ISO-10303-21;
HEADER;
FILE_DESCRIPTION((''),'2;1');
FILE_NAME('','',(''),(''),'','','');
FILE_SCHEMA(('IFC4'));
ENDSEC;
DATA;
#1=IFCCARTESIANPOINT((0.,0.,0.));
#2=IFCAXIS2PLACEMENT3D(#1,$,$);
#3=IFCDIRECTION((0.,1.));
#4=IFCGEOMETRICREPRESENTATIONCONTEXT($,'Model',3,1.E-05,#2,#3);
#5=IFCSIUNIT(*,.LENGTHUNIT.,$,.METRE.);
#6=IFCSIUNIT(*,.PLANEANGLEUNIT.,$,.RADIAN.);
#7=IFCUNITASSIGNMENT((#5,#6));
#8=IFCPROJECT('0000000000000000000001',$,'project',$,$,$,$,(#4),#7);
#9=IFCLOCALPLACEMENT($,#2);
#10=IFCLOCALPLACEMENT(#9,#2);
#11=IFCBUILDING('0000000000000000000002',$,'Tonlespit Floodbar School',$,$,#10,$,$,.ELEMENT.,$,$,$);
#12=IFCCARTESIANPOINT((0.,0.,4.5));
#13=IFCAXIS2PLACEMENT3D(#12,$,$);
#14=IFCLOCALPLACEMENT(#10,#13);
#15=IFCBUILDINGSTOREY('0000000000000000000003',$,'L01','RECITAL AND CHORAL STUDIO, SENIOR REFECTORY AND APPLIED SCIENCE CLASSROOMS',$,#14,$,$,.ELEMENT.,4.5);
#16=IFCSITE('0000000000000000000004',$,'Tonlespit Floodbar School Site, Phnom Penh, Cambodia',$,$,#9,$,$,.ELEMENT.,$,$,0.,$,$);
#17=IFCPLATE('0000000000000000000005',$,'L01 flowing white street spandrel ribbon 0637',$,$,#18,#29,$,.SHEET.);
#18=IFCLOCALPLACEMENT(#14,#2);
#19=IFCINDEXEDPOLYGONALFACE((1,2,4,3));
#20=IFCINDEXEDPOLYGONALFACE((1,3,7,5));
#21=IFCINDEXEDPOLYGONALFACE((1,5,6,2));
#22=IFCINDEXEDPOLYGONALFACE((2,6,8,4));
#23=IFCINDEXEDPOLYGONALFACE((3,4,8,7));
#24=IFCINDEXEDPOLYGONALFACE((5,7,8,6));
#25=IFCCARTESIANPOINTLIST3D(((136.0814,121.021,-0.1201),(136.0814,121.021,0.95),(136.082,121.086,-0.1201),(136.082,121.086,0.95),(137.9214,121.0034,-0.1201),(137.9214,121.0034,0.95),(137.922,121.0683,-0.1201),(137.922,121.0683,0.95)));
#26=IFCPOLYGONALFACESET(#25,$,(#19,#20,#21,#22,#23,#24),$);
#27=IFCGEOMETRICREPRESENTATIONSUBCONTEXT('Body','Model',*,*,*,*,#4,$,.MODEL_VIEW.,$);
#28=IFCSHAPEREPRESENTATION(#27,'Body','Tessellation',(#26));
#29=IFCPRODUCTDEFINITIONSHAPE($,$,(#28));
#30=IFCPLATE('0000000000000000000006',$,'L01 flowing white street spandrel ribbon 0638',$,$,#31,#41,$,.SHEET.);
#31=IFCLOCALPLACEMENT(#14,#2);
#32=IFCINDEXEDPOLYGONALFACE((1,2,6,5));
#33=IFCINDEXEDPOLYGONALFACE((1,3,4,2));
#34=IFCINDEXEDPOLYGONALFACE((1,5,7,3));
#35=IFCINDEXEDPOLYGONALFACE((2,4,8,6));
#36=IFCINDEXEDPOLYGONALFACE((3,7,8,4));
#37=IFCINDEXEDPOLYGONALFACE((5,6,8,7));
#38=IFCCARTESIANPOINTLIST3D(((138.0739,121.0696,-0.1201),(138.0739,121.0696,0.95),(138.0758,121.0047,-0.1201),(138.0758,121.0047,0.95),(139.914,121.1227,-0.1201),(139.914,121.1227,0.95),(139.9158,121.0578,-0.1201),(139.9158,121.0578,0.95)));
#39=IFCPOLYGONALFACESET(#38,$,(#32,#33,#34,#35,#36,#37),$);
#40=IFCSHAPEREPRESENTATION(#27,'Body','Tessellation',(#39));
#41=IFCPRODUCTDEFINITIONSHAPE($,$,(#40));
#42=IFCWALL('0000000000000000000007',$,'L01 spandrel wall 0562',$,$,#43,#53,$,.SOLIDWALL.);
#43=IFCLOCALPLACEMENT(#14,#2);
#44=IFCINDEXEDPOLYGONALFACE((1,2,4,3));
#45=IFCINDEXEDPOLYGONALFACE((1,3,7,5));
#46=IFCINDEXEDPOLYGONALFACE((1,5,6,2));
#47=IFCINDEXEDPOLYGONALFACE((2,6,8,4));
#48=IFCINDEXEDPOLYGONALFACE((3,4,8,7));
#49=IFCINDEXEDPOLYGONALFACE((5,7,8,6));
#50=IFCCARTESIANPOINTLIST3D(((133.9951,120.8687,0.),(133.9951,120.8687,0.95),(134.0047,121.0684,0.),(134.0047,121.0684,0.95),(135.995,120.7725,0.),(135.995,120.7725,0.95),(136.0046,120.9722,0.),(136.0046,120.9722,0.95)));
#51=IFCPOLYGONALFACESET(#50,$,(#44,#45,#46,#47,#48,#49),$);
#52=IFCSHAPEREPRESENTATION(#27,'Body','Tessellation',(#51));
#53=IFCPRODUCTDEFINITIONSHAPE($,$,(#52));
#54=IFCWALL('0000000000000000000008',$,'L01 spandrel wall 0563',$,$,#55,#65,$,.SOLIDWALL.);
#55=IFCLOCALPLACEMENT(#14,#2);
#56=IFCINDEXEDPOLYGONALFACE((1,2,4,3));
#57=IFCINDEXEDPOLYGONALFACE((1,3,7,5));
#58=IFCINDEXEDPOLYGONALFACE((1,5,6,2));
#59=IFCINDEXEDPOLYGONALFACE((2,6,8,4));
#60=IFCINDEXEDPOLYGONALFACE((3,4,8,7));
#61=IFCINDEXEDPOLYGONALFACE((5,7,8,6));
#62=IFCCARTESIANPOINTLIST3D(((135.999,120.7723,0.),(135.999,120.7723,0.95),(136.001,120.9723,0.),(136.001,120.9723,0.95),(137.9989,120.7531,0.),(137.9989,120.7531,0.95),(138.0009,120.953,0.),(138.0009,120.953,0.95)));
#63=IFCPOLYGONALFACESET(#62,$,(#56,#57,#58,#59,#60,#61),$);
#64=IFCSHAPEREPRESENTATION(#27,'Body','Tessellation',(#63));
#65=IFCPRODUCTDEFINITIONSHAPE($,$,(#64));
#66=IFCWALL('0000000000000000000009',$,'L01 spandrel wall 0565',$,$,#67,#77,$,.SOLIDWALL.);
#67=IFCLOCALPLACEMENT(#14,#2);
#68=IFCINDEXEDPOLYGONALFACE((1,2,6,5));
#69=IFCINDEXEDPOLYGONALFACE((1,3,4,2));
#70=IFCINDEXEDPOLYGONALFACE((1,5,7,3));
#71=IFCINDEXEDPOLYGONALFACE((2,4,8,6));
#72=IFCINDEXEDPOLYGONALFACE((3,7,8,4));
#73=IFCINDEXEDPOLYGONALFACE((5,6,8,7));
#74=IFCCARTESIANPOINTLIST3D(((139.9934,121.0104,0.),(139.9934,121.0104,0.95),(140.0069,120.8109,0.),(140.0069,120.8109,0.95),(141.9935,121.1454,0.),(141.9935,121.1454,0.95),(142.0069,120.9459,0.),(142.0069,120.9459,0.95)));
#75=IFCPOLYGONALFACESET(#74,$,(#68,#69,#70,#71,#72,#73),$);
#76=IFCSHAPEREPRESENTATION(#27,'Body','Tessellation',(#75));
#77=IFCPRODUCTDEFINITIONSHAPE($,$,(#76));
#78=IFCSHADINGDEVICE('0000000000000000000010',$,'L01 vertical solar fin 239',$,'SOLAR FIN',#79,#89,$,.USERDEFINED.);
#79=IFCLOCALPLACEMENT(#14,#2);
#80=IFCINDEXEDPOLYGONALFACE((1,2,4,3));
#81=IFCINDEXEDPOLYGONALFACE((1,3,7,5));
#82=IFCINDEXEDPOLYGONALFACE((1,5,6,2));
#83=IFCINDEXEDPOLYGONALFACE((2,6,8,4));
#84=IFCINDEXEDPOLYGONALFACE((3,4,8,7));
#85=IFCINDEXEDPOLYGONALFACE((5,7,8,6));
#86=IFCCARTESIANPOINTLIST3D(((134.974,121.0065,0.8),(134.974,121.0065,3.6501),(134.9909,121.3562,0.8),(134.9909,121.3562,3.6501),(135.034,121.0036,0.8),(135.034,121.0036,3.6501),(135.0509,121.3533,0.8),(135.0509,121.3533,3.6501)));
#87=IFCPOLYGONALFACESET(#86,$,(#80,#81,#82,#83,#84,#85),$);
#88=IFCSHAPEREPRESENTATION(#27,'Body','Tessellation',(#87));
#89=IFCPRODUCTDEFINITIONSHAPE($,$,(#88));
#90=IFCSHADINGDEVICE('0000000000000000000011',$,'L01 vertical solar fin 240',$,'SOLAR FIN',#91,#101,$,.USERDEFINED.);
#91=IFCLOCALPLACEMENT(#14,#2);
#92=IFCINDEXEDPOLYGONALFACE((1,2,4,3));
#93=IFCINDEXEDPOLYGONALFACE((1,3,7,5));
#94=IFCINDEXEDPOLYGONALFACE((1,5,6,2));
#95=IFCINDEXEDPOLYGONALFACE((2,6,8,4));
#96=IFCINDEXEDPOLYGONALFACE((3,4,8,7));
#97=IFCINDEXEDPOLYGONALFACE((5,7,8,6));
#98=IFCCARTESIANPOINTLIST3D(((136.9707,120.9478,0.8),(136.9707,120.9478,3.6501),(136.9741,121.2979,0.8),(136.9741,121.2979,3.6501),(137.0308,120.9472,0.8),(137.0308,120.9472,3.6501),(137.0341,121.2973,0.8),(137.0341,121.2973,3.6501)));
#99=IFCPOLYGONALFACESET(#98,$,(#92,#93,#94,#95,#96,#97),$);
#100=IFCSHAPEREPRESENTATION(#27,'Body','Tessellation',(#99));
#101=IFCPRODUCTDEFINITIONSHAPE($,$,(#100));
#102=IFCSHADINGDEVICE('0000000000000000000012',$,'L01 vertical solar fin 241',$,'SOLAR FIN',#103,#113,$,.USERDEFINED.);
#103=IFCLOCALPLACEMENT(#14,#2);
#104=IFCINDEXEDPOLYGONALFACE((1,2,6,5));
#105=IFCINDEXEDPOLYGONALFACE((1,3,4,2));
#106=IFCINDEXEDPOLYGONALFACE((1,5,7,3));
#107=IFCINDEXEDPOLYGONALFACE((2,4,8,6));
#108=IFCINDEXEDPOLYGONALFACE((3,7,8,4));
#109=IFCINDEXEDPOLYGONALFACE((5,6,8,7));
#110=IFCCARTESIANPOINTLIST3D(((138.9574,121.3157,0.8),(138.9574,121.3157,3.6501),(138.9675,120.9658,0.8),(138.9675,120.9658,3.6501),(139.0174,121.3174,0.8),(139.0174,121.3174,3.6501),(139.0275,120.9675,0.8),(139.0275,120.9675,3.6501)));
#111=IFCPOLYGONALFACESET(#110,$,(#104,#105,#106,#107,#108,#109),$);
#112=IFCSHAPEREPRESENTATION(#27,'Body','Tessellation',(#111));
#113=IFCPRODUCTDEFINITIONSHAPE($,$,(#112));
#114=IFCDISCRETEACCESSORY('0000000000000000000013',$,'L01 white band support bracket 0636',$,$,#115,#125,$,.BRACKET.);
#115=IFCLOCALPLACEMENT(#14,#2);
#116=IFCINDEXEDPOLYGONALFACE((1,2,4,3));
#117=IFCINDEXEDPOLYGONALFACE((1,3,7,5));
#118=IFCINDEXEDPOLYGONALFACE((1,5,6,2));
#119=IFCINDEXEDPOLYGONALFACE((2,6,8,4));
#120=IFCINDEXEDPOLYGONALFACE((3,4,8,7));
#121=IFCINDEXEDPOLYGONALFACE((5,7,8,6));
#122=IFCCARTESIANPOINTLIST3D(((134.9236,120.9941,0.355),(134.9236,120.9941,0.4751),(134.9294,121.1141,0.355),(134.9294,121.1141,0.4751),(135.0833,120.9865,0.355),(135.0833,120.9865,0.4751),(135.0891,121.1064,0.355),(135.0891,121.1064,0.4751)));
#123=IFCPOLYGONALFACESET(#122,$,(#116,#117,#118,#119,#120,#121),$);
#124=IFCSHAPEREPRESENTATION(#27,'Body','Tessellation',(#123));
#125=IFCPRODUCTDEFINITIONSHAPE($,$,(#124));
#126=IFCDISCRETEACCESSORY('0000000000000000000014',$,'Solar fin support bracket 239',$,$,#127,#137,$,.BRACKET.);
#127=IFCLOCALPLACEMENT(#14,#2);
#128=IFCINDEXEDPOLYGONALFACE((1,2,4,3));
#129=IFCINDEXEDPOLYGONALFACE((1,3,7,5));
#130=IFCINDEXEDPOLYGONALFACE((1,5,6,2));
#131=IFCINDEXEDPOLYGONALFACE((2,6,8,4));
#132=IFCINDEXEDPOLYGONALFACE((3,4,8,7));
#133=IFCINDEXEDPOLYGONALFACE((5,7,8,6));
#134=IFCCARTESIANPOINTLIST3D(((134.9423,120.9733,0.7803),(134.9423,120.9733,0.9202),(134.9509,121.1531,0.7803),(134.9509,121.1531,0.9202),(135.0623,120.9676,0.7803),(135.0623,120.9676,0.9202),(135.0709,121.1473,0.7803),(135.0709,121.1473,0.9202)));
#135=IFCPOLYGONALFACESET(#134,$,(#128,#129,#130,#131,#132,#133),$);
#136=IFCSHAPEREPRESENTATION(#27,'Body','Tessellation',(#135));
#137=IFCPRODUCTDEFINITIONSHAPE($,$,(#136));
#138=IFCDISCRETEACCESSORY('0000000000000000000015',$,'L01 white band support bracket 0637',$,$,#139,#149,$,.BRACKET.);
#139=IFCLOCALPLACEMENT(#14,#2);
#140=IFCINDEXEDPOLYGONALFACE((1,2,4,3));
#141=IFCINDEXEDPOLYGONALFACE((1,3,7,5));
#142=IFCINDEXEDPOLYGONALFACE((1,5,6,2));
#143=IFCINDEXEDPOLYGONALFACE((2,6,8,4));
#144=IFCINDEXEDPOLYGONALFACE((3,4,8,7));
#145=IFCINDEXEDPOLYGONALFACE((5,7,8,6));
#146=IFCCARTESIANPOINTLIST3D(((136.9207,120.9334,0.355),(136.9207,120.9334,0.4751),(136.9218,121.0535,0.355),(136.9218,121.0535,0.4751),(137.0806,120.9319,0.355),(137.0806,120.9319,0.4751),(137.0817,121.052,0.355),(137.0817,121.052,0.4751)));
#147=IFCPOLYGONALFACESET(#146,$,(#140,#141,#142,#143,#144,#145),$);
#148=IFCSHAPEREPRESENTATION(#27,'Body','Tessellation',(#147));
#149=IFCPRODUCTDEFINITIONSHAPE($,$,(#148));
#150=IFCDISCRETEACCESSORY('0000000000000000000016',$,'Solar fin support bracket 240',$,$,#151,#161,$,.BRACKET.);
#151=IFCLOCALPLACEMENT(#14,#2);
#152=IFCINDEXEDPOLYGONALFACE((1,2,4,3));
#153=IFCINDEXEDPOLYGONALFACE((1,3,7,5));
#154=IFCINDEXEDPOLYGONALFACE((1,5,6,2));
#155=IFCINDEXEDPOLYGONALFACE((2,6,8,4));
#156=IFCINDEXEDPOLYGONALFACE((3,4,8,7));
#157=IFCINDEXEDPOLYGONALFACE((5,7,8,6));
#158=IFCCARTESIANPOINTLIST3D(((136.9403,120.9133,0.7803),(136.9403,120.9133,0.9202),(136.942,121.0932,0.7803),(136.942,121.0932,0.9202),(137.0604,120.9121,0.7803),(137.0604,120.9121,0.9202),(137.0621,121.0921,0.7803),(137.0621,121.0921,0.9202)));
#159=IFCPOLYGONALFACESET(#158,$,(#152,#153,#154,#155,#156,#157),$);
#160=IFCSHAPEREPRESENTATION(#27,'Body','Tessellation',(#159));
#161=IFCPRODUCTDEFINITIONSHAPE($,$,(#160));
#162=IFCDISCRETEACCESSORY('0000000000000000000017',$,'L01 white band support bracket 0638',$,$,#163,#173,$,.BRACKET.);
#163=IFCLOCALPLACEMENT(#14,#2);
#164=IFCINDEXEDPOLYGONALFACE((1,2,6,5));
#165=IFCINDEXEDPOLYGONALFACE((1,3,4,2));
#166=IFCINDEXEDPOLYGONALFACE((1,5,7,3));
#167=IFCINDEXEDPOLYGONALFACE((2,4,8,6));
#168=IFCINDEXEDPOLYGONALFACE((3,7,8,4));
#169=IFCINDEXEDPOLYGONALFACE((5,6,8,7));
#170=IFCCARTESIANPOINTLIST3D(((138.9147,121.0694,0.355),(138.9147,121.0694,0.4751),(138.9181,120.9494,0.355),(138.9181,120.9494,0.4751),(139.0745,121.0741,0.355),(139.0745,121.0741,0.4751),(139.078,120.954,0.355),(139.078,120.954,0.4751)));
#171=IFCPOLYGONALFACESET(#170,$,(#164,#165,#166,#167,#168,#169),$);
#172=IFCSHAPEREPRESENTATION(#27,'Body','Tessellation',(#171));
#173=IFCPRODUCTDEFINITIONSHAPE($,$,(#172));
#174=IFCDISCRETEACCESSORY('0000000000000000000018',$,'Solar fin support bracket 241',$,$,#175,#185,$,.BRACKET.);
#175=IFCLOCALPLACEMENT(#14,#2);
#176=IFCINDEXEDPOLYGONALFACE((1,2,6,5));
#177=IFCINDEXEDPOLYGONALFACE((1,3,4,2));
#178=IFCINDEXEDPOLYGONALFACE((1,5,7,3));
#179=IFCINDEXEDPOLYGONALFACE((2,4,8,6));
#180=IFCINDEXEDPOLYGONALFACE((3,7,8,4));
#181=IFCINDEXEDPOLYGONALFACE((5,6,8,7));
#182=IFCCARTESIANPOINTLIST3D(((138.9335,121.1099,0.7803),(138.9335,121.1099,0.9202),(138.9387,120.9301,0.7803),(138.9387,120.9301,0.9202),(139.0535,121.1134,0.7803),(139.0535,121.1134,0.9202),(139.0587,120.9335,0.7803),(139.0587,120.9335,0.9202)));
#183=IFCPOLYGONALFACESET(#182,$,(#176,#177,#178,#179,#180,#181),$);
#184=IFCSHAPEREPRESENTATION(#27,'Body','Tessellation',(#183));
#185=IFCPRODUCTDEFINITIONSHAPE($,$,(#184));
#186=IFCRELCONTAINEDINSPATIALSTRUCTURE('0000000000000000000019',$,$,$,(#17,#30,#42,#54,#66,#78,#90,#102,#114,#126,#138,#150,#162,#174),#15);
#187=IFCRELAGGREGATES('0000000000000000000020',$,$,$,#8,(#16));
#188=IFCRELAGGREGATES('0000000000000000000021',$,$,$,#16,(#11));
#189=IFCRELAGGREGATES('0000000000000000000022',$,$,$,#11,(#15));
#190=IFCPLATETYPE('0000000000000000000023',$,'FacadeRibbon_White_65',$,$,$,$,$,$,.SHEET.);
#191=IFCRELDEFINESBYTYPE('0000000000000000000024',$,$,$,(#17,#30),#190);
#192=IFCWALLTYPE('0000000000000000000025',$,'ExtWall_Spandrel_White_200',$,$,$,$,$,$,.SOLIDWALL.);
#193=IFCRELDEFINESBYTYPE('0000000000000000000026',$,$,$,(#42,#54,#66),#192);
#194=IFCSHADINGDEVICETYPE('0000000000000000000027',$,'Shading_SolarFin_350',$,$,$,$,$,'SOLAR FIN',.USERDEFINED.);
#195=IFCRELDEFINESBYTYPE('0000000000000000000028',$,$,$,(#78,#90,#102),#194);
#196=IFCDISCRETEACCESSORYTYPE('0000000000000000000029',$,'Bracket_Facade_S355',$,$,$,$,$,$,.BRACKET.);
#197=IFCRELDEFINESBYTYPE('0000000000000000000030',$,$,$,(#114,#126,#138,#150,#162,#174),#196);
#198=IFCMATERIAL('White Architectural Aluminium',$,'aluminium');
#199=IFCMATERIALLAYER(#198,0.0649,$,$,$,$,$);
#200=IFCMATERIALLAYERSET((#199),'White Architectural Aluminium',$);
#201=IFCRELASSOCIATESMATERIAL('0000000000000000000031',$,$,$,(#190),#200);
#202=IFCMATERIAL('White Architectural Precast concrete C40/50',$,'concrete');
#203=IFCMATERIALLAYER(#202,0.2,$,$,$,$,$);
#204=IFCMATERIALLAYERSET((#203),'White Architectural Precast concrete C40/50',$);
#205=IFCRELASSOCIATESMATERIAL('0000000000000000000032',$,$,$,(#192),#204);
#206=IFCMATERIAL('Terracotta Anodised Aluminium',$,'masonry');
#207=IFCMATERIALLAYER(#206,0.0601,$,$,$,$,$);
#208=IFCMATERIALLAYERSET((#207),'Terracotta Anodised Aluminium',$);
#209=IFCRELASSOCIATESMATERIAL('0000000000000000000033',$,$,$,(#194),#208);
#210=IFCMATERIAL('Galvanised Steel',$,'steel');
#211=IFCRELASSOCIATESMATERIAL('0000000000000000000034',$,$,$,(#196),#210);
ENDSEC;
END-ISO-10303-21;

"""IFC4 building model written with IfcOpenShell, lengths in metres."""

from ifc_helpers import new_model, si_unit, direction, frame, frame_2d, origin, origin_2d, place, context, subcontext, project, spatial, rectangle, extrude, material, layer, layer_set, type_object, element, save


model = new_model("IFC4")

# Units and contexts
model_context = context("Model", 3, precision=1e-05, world=origin(), true_north=direction((0.0, 1.0)))
body_context = subcontext(model_context, "Body", "Model", "MODEL_VIEW")
ifc_project = project(units=[si_unit("LENGTHUNIT", "METRE"), si_unit("PLANEANGLEUNIT", "RADIAN")], contexts=[model_context])

# Site, building, storey
site_placement = place(None, origin())
site = spatial("IfcSite", under=ifc_project, at=site_placement, Name="Tonlespit Floodbar School Site, Phnom Penh, Cambodia", CompositionType="ELEMENT", RefElevation=0.0)
building_placement = place(site_placement, origin())
building = spatial("IfcBuilding", under=site, at=building_placement, Name="Tonlespit Floodbar School", CompositionType="ELEMENT")
storey_placement = place(building_placement, frame((0.0, 0.0, 4.5)))
storey = spatial("IfcBuildingStorey", under=building, at=storey_placement, Name="L01", Description="RECITAL AND CHORAL STUDIO, SENIOR REFECTORY AND APPLIED SCIENCE CLASSROOMS", CompositionType="ELEMENT", Elevation=4.5)

# Plates
ifc_material_1 = material(Name="White Architectural Aluminium", Category="aluminium")
ifc_layer_1 = layer(ifc_material_1, 0.0649)
ifc_layer_set_1 = layer_set([ifc_layer_1], Name="White Architectural Aluminium")
plate_type_1 = type_object("IfcPlateType", Name="FacadeRibbon_White_65", PredefinedType="SHEET", material=ifc_layer_set_1)
plate_1_placement = place(storey_placement, frame((137.0017, 121.0447, -0.1201), z_axis=(0.0, 0.0, 1.0), x_axis=(0.999954, -0.009599, 0.0)))
element("IfcPlate", 1, at=plate_1_placement, inside=storey, type_object=plate_type_1, Name="L01 flowing white street spandrel ribbon 0637", PredefinedType="SHEET", context=body_context, shape_type="SweptSolid", body=[
    extrude(rectangle(XDim=1.8401, YDim=0.0649, at=origin_2d()), origin(), (0.0, 0.0, 1.0), 1.0701),
])
plate_2_placement = place(storey_placement, frame((138.9949, 121.0637, -0.1201), z_axis=(0.0, 0.0, 1.0), x_axis=(0.999584, 0.028838, 0.0)))
element("IfcPlate", 2, at=plate_2_placement, inside=storey, type_object=plate_type_1, Name="L01 flowing white street spandrel ribbon 0638", PredefinedType="SHEET", context=body_context, shape_type="SweptSolid", body=[
    extrude(rectangle(XDim=1.8408, YDim=0.0649, at=origin_2d()), origin(), (0.0, 0.0, 1.0), 1.0701),
])

# Walls
ifc_material_2 = material(Name="White Architectural Precast concrete C40/50", Category="concrete")
ifc_layer_2 = layer(ifc_material_2, 0.2)
ifc_layer_set_2 = layer_set([ifc_layer_2], Name="White Architectural Precast concrete C40/50")
wall_type = type_object("IfcWallType", Name="ExtWall_Spandrel_White_200", PredefinedType="SOLIDWALL", material=ifc_layer_set_2)
wall_1_placement = place(storey_placement, frame((134.0, 120.9685, 0.0), z_axis=(0.0, 0.0, 1.0), x_axis=(0.998845, -0.04804, 0.0)))
element("IfcWall", 3, at=wall_1_placement, inside=storey, type_object=wall_type, Name="L01 spandrel wall 0562", PredefinedType="SOLIDWALL", context=body_context, shape_type="SweptSolid", body=[
    extrude(rectangle(XDim=2.0022, YDim=0.2, at=frame_2d((1.001, 0.0))), origin(), (0.0, 0.0, 1.0), 0.95),
])
wall_2_placement = place(storey_placement, frame((136.0, 120.8723, 0.0), z_axis=(0.0, 0.0, 1.0), x_axis=(0.999954, -0.009643, 0.0)))
element("IfcWall", 4, at=wall_2_placement, inside=storey, type_object=wall_type, Name="L01 spandrel wall 0563", PredefinedType="SOLIDWALL", context=body_context, shape_type="SweptSolid", body=[
    extrude(rectangle(XDim=2.0, YDim=0.2, at=frame_2d((1.0, 0.0))), origin(), (0.0, 0.0, 1.0), 0.95),
])
wall_3_placement = place(storey_placement, frame((140.0, 120.9106, 0.0), z_axis=(0.0, 0.0, 1.0), x_axis=(0.997729, 0.067352, 0.0)))
element("IfcWall", 5, at=wall_3_placement, inside=storey, type_object=wall_type, Name="L01 spandrel wall 0565", PredefinedType="SOLIDWALL", context=body_context, shape_type="SweptSolid", body=[
    extrude(rectangle(XDim=2.0046, YDim=0.2, at=frame_2d((1.0024, 0.0))), origin(), (0.0, 0.0, 1.0), 0.95),
])

# Shading devices
ifc_material_3 = material(Name="Terracotta Anodised Aluminium", Category="masonry")
ifc_layer_3 = layer(ifc_material_3, 0.0601)
ifc_layer_set_3 = layer_set([ifc_layer_3], Name="Terracotta Anodised Aluminium")
shading_device_type = type_object("IfcShadingDeviceType", Name="Shading_SolarFin_350", ElementType="SOLAR FIN", PredefinedType="USERDEFINED", material=ifc_layer_set_3)
for number, where, z_axis, x_axis, name in (
    (6, (135.0125, 121.1799, 0.8), (0.0, 0.0, 1.0), (0.998843, -0.048095, 0.0), "L01 vertical solar fin 239"),
    (7, (137.0024, 121.1226, 0.8), (0.0, 0.0, 1.0), (0.999954, -0.009599, 0.0), "L01 vertical solar fin 240"),
    (8, (138.9924, 121.1416, 0.8), (0.0, 0.0, 1.0), (0.999584, 0.028838, 0.0), "L01 vertical solar fin 241"),
):
    element("IfcShadingDevice", number, at=place(storey_placement, frame(where, z_axis=z_axis, x_axis=x_axis)), inside=storey, type_object=shading_device_type, Name=name, ObjectType="SOLAR FIN", PredefinedType="USERDEFINED", context=body_context, shape_type="SweptSolid", body=[
        extrude(rectangle(XDim=0.0601, YDim=0.3501, at=origin_2d()), origin(), (0.0, 0.0, 1.0), 2.8501),
    ])

# Discrete accessories
ifc_material_4 = material(Name="Galvanised Steel", Category="steel")
discrete_accessory_type = type_object("IfcDiscreteAccessoryType", Name="Bracket_Facade_S355", PredefinedType="BRACKET", material=ifc_material_4)
discrete_accessory_1_placement = place(storey_placement, frame((135.0063, 121.0503, 0.355), z_axis=(0.0, 0.0, 1.0), x_axis=(0.998843, -0.048095, 0.0)))
element("IfcDiscreteAccessory", 9, at=discrete_accessory_1_placement, inside=storey, type_object=discrete_accessory_type, Name="L01 white band support bracket 0636", PredefinedType="BRACKET", context=body_context, shape_type="SweptSolid", body=[
    extrude(rectangle(XDim=0.1599, YDim=0.1201, at=origin_2d()), origin(), (0.0, 0.0, 1.0), 0.1201),
])
discrete_accessory_2_placement = place(storey_placement, frame((135.0066, 121.0603, 0.7803), z_axis=(0.0, 0.0, 1.0), x_axis=(0.998843, -0.048095, 0.0)))
element("IfcDiscreteAccessory", 10, at=discrete_accessory_2_placement, inside=storey, type_object=discrete_accessory_type, Name="Solar fin support bracket 239", PredefinedType="BRACKET", context=body_context, shape_type="SweptSolid", body=[
    extrude(rectangle(XDim=0.1201, YDim=0.1799, at=origin_2d()), origin(), (0.0, 0.0, 1.0), 0.1399),
])
discrete_accessory_3_placement = place(storey_placement, frame((137.0012, 120.9927, 0.355), z_axis=(0.0, 0.0, 1.0), x_axis=(0.999954, -0.009599, 0.0)))
element("IfcDiscreteAccessory", 11, at=discrete_accessory_3_placement, inside=storey, type_object=discrete_accessory_type, Name="L01 white band support bracket 0637", PredefinedType="BRACKET", context=body_context, shape_type="SweptSolid", body=[
    extrude(rectangle(XDim=0.1599, YDim=0.1201, at=origin_2d()), origin(), (0.0, 0.0, 1.0), 0.1201),
])
discrete_accessory_4_placement = place(storey_placement, frame((137.0012, 121.0027, 0.7803), z_axis=(0.0, 0.0, 1.0), x_axis=(0.999954, -0.009599, 0.0)))
element("IfcDiscreteAccessory", 12, at=discrete_accessory_4_placement, inside=storey, type_object=discrete_accessory_type, Name="Solar fin support bracket 240", PredefinedType="BRACKET", context=body_context, shape_type="SweptSolid", body=[
    extrude(rectangle(XDim=0.1201, YDim=0.1799, at=origin_2d()), origin(), (0.0, 0.0, 1.0), 0.1399),
])
discrete_accessory_5_placement = place(storey_placement, frame((138.9963, 121.0117, 0.355), z_axis=(0.0, 0.0, 1.0), x_axis=(0.999584, 0.028838, 0.0)))
element("IfcDiscreteAccessory", 13, at=discrete_accessory_5_placement, inside=storey, type_object=discrete_accessory_type, Name="L01 white band support bracket 0638", PredefinedType="BRACKET", context=body_context, shape_type="SweptSolid", body=[
    extrude(rectangle(XDim=0.1599, YDim=0.1201, at=origin_2d()), origin(), (0.0, 0.0, 1.0), 0.1201),
])
discrete_accessory_6_placement = place(storey_placement, frame((138.9961, 121.0217, 0.7803), z_axis=(0.0, 0.0, 1.0), x_axis=(0.999584, 0.028838, 0.0)))
element("IfcDiscreteAccessory", 14, at=discrete_accessory_6_placement, inside=storey, type_object=discrete_accessory_type, Name="Solar fin support bracket 241", PredefinedType="BRACKET", context=body_context, shape_type="SweptSolid", body=[
    extrude(rectangle(XDim=0.1201, YDim=0.1799, at=origin_2d()), origin(), (0.0, 0.0, 1.0), 0.1399),
])

save(model, "model.ifc")
